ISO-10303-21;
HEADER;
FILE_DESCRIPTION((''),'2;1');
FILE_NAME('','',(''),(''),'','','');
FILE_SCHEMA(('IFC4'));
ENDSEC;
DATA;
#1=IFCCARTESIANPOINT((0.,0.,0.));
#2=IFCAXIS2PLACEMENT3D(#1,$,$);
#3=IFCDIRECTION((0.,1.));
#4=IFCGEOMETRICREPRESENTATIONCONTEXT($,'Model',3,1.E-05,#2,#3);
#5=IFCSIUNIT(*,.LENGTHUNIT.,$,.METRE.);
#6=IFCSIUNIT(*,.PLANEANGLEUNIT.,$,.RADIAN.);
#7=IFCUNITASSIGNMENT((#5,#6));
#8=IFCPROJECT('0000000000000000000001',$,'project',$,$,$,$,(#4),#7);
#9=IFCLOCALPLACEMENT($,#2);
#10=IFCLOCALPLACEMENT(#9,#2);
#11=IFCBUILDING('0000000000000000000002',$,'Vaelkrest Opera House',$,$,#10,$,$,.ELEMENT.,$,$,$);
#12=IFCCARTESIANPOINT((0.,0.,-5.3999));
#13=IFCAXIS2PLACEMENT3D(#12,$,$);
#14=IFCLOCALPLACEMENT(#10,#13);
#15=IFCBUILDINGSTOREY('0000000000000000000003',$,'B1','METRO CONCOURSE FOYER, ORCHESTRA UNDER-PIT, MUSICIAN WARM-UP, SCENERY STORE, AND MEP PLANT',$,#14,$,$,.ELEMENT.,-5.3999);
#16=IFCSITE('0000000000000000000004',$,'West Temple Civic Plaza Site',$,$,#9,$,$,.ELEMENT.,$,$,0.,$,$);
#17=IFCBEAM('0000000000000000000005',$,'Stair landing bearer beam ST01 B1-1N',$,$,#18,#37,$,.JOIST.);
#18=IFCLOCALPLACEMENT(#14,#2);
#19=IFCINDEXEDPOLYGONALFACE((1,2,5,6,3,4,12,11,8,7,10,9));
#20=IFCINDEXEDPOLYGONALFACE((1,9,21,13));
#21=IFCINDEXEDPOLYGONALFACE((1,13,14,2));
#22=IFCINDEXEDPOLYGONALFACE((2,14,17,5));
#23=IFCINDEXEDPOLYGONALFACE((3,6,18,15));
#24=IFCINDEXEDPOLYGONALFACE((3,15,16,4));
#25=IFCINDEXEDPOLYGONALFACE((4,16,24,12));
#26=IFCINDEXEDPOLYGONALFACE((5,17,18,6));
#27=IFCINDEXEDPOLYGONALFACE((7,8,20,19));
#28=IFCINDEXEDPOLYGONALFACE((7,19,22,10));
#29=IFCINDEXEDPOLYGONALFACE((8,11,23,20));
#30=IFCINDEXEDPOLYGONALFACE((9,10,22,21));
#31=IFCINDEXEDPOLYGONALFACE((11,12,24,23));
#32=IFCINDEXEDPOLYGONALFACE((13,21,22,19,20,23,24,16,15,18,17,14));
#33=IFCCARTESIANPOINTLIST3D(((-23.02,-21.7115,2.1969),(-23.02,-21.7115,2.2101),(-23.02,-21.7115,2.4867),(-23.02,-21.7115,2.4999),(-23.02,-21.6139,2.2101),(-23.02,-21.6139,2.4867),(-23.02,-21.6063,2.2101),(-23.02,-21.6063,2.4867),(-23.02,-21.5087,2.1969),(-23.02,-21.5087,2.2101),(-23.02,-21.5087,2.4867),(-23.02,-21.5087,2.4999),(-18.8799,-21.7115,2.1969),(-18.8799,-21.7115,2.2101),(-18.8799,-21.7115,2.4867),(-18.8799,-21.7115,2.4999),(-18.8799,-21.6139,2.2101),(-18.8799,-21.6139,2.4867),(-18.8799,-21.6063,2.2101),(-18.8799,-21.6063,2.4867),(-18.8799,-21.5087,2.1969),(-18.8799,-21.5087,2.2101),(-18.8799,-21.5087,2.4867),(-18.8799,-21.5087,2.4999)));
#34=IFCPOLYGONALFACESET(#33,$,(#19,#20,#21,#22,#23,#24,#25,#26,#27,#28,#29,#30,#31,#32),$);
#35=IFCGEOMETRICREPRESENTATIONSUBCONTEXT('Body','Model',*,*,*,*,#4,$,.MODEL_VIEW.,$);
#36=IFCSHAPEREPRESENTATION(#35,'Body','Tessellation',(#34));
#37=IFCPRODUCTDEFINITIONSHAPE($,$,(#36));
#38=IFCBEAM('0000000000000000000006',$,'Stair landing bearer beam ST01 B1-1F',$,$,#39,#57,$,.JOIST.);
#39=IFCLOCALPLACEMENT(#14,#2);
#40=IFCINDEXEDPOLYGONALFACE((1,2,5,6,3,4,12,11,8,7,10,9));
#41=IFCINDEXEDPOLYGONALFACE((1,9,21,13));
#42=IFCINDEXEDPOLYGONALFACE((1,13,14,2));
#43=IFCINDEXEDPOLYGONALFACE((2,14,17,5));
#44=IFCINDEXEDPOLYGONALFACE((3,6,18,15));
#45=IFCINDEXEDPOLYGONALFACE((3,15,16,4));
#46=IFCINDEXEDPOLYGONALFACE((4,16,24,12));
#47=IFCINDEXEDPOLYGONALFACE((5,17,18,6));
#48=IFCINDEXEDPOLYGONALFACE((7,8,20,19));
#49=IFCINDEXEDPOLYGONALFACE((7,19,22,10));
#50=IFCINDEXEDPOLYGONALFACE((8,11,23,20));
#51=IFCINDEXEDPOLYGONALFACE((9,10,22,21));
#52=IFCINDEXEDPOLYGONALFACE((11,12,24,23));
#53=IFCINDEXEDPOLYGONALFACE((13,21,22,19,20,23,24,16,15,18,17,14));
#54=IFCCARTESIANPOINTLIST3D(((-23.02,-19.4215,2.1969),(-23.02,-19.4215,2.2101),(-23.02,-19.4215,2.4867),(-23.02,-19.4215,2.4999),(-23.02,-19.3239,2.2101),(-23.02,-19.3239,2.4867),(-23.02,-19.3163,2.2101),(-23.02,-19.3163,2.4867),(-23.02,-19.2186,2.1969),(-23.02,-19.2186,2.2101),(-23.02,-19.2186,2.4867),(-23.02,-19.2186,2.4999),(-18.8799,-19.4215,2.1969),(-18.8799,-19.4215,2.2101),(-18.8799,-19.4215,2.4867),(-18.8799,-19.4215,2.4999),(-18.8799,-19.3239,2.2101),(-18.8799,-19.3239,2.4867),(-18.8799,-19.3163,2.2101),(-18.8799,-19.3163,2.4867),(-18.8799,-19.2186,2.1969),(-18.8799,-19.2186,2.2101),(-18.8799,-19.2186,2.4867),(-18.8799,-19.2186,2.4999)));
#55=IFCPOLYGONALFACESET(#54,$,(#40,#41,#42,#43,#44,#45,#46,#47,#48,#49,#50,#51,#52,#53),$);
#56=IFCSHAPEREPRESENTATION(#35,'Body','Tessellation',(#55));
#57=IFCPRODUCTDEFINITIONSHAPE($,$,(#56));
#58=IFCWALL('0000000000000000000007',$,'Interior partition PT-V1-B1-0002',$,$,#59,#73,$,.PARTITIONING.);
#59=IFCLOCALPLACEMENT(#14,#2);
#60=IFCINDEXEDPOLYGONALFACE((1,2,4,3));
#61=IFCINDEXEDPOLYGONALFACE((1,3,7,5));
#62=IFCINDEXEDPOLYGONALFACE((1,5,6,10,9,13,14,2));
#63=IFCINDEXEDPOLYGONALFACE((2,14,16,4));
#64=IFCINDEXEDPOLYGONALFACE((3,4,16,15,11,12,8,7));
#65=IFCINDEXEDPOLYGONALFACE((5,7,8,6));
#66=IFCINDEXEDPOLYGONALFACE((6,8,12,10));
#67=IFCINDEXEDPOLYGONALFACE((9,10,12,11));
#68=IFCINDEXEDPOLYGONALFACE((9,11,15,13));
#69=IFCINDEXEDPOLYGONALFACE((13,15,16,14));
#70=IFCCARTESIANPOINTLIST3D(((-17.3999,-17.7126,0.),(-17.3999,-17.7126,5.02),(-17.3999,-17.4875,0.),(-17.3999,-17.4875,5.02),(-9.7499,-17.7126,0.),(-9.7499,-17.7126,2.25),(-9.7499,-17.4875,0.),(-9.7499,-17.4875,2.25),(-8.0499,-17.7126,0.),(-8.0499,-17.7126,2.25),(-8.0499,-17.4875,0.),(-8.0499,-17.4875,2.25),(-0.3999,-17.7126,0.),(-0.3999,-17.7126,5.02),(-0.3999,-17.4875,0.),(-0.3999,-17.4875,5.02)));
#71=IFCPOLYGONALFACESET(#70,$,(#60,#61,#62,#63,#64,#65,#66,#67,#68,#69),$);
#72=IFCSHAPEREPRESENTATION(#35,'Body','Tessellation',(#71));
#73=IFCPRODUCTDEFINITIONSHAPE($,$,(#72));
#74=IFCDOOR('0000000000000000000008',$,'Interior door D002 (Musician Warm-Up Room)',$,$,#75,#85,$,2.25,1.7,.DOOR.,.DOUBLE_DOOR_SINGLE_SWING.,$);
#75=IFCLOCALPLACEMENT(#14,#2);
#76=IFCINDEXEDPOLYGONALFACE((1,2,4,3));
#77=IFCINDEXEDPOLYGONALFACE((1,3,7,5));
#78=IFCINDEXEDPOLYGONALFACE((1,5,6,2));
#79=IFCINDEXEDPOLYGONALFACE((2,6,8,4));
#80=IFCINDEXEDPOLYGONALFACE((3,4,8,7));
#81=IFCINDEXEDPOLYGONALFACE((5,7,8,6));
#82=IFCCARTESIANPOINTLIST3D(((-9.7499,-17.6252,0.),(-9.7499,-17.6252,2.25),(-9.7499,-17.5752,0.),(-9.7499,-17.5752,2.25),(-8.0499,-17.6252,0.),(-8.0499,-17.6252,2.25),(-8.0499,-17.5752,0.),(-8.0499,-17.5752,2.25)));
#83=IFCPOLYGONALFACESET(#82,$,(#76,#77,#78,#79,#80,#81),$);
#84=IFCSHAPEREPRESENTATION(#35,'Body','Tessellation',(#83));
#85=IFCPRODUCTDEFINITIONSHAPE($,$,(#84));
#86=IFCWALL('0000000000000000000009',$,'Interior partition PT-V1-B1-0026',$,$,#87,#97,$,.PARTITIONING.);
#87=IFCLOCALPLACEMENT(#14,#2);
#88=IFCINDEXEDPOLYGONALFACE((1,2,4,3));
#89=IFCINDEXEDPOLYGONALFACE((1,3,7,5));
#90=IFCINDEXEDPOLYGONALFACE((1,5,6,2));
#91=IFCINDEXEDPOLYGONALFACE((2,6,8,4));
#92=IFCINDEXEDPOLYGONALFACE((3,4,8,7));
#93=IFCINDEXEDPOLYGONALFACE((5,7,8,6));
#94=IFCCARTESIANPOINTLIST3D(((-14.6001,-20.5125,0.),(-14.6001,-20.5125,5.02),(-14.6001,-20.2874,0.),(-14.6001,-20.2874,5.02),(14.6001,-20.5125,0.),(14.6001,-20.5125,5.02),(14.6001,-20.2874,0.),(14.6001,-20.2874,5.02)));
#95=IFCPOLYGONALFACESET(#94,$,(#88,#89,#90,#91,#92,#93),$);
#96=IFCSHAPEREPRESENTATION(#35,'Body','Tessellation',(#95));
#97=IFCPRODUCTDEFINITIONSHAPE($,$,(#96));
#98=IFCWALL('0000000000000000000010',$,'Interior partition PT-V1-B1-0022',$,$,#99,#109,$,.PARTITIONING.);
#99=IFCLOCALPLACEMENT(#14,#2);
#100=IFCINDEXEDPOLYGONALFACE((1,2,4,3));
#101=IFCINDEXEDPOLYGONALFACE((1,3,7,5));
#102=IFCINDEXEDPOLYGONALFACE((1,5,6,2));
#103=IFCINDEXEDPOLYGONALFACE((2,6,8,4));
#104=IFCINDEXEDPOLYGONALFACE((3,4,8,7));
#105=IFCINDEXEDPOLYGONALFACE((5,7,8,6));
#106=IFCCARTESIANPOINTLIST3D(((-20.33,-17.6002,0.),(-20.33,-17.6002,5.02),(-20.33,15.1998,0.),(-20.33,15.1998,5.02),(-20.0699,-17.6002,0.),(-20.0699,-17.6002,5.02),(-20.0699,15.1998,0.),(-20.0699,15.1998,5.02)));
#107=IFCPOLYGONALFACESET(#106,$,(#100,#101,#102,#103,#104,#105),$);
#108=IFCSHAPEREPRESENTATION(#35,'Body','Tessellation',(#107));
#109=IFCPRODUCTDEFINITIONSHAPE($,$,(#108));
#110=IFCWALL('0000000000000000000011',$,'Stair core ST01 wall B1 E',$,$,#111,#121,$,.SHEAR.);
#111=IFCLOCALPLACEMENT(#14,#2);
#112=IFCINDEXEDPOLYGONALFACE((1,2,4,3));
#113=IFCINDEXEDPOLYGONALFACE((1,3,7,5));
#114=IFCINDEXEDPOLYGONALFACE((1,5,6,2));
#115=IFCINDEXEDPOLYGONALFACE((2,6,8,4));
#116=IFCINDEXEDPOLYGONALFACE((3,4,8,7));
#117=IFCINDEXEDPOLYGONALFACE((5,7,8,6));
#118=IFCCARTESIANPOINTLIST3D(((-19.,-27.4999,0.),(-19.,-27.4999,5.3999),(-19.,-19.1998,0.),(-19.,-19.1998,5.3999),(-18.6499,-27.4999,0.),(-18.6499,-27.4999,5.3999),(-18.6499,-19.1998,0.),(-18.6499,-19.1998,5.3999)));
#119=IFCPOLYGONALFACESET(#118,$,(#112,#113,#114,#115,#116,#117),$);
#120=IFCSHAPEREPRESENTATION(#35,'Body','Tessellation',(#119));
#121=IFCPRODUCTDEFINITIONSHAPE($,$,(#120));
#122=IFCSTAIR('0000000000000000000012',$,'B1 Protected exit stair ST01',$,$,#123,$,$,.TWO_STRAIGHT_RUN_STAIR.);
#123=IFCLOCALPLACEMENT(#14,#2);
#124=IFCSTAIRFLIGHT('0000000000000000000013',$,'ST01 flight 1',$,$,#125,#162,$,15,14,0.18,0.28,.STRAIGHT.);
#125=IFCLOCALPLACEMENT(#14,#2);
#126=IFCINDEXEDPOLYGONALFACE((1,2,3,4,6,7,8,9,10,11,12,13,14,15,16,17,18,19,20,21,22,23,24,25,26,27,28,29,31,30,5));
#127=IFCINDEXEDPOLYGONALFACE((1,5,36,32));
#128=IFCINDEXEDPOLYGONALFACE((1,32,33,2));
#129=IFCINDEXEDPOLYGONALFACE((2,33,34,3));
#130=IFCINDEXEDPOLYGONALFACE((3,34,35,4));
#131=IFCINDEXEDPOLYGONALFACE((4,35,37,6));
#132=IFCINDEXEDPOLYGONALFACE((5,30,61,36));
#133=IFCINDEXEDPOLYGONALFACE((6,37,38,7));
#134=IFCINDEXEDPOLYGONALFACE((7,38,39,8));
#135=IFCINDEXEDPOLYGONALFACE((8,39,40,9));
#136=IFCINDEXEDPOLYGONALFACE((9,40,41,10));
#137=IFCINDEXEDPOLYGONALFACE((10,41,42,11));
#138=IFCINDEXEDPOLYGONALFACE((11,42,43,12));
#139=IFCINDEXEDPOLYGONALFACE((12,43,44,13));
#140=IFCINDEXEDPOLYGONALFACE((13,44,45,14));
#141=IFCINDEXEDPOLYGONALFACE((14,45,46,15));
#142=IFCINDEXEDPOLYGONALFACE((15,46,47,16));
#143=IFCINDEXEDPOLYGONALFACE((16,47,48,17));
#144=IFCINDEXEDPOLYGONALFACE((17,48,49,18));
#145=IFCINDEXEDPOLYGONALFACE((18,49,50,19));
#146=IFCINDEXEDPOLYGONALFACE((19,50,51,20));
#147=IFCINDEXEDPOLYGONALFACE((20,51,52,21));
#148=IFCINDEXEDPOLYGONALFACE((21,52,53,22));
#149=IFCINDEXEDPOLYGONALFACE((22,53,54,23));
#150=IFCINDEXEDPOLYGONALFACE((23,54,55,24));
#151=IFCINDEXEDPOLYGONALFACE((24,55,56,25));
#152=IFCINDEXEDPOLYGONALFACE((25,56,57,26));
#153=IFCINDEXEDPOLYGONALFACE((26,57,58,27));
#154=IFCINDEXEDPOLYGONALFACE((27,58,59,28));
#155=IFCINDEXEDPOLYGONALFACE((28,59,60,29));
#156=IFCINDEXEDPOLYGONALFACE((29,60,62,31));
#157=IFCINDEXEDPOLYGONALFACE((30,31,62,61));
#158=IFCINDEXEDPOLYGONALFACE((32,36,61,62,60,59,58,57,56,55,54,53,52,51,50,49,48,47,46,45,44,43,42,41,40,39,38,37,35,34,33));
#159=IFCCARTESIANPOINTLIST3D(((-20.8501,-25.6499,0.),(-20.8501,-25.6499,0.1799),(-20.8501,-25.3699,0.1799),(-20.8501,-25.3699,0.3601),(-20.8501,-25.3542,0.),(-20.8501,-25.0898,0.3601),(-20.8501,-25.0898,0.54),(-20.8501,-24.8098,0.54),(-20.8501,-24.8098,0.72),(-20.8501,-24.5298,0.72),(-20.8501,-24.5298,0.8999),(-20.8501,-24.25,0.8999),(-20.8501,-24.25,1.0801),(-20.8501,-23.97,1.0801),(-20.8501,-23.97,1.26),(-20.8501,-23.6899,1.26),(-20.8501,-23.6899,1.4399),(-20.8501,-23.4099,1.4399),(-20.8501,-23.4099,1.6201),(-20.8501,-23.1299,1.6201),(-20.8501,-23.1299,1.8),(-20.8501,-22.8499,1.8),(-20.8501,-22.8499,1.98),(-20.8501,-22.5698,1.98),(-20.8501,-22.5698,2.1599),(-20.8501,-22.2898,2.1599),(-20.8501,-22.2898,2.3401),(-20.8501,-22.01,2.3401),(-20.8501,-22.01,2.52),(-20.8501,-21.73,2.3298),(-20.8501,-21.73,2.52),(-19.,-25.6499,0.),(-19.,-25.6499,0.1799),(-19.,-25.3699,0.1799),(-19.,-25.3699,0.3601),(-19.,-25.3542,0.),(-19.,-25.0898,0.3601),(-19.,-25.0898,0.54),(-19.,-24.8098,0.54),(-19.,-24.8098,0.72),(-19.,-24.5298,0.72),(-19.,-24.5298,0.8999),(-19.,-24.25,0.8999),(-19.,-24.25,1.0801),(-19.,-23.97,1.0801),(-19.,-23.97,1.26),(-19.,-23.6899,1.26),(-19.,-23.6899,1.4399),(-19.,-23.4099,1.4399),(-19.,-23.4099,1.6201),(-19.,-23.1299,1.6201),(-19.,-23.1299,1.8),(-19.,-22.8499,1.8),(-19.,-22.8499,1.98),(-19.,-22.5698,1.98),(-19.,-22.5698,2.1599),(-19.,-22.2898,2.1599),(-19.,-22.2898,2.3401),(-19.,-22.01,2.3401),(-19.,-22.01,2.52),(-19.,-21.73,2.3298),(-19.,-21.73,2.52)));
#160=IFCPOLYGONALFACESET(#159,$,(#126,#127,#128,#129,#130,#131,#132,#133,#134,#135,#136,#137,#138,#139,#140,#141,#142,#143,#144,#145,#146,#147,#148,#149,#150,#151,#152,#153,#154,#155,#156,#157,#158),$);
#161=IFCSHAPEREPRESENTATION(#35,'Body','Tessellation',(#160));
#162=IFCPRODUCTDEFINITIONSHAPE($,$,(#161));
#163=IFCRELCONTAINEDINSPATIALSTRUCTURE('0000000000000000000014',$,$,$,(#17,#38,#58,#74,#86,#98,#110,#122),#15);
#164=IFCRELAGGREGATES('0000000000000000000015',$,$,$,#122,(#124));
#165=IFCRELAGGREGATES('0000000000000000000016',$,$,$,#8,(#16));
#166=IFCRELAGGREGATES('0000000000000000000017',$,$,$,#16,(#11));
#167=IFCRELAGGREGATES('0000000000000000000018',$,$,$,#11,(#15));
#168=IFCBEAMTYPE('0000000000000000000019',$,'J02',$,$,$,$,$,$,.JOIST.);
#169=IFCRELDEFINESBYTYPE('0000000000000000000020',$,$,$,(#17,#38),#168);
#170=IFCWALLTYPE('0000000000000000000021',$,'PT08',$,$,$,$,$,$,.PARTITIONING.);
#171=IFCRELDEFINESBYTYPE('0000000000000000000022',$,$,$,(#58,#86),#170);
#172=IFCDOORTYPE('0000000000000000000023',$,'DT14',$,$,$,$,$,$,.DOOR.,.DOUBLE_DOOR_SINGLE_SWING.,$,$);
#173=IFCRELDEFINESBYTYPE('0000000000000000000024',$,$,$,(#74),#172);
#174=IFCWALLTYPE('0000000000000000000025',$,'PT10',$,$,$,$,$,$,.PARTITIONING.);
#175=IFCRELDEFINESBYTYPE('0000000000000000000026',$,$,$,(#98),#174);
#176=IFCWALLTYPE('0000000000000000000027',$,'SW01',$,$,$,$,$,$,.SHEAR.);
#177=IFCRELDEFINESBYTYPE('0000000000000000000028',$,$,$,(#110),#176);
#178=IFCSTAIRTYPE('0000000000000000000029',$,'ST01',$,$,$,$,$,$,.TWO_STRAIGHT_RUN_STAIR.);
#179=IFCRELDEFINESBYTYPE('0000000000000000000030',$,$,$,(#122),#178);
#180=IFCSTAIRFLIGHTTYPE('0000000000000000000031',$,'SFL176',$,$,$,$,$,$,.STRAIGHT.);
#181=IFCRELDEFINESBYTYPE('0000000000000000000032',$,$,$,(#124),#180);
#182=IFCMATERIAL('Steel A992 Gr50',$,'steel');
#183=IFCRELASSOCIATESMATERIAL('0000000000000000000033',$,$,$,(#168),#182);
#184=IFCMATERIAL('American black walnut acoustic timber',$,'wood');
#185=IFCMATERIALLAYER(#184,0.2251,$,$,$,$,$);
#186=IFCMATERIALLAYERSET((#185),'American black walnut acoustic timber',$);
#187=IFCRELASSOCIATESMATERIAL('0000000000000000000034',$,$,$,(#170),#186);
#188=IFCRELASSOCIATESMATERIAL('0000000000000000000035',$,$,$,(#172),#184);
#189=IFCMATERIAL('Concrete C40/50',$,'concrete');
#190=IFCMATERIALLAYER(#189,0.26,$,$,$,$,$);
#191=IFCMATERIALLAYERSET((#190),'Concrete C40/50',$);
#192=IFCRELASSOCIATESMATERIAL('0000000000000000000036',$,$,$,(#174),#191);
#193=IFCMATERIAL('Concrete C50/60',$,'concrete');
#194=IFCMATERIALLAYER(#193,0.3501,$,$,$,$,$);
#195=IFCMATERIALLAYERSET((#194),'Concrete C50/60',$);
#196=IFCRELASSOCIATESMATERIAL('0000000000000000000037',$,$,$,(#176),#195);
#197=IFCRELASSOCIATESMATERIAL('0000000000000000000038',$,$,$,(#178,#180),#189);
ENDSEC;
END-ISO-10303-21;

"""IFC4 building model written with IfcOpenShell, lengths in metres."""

from ifc_helpers import new_model, si_unit, direction, frame, frame_2d, origin, origin_2d, place, context, subcontext, project, spatial, polyline, rectangle, i_section, outline, extrude, material, layer, layer_set, material_profile, profile_set, type_object, element, fill, aggregate, save


model = new_model("IFC4")

# Units and contexts
model_context = context("Model", 3, precision=1e-05, world=origin(), true_north=direction((0.0, 1.0)))
body_context = subcontext(model_context, "Body", "Model", "MODEL_VIEW")
ifc_project = project(units=[si_unit("LENGTHUNIT", "METRE"), si_unit("PLANEANGLEUNIT", "RADIAN")], contexts=[model_context])

# Site, building, storey
site_placement = place(None, origin())
site = spatial("IfcSite", under=ifc_project, at=site_placement, Name="West Temple Civic Plaza Site", CompositionType="ELEMENT", RefElevation=0.0)
building_placement = place(site_placement, origin())
building = spatial("IfcBuilding", under=site, at=building_placement, Name="Vaelkrest Opera House", CompositionType="ELEMENT")
storey_placement = place(building_placement, frame((0.0, 0.0, -5.3999)))
storey = spatial("IfcBuildingStorey", under=building, at=storey_placement, Name="B1", Description="METRO CONCOURSE FOYER, ORCHESTRA UNDER-PIT, MUSICIAN WARM-UP, SCENERY STORE, AND MEP PLANT", CompositionType="ELEMENT", Elevation=-5.3999)

# Shared definitions
ifc_material_1 = material(Name="Concrete C40/50", Category="concrete")

# Shared definitions
ifc_material_2 = material(Name="Concrete C50/60", Category="concrete")

# Beams
ifc_material_3 = material(Name="Steel A992 Gr50", Category="steel")
ifc_material_profile_1 = material_profile(ifc_material_3, i_section(OverallWidth=0.2029, OverallDepth=0.303, WebThickness=0.0076, FlangeThickness=0.0132, at=origin_2d()), Name="W12X40")
ifc_profile_set_1 = profile_set([ifc_material_profile_1], Name="Steel A992 Gr50")
beam_type_1 = type_object("IfcBeamType", Name="J02", PredefinedType="JOIST", material=ifc_profile_set_1)
for number, where, z_axis, x_axis, name in (
    (1, (-23.02, -21.6101, 2.3484), (1.0, 0.0, 0.0), (0.0, 1.0, 0.0), "Stair landing bearer beam ST01 B1-1N"),
    (2, (-23.02, -19.3201, 2.3484), (1.0, 0.0, 0.0), (0.0, 1.0, 0.0), "Stair landing bearer beam ST01 B1-1F"),
):
    element("IfcBeam", number, at=place(storey_placement, frame(where, z_axis=z_axis, x_axis=x_axis)), inside=storey, type_object=beam_type_1, Name=name, PredefinedType="JOIST", context=body_context, shape_type="SweptSolid", body=[
        extrude(i_section(OverallWidth=0.2029, OverallDepth=0.303, WebThickness=0.0076, FlangeThickness=0.0132, at=origin_2d()), origin(), (0.0, 0.0, 1.0), 4.1401),
    ])

# Wall, opening, door
ifc_material_4 = material(Name="American black walnut acoustic timber", Category="wood")
ifc_layer_1 = layer(ifc_material_4, 0.2251)
ifc_layer_set_1 = layer_set([ifc_layer_1], Name="American black walnut acoustic timber")
wall_type_1 = type_object("IfcWallType", Name="PT08", PredefinedType="PARTITIONING", material=ifc_layer_set_1)
wall_1_placement = place(storey_placement, frame((-17.3999, -17.6001, 0.0), z_axis=(0.0, 0.0, 1.0), x_axis=(1.0, 0.0, 0.0)))
wall_1 = element("IfcWall", 3, at=wall_1_placement, inside=storey, type_object=wall_type_1, Name="Interior partition PT-V1-B1-0002", PredefinedType="PARTITIONING", context=body_context, shape_type="SweptSolid", body=[
    extrude(rectangle(XDim=17.0, YDim=0.2251, at=frame_2d((8.5, 0.0))), origin(), (0.0, 0.0, 1.0), 5.02),
])
opening_placement = place(wall_1_placement, frame((7.6499, 0.0, 0.0)))
opening = element("IfcOpeningElement", 4, at=opening_placement, cuts=wall_1, PredefinedType="OPENING", context=body_context, shape_type="SweptSolid", body=[
    extrude(rectangle(XDim=1.7, YDim=2.25, at=frame_2d((0.8501, 1.125))), frame((0.0, 0.1226, 0.0), z_axis=(0.0, -1.0, 0.0), x_axis=(1.0, 0.0, 0.0)), (0.0, 0.0, 1.0), 0.2451),
])
door_type = type_object("IfcDoorType", Name="DT14", OperationType="DOUBLE_DOOR_SINGLE_SWING", PredefinedType="DOOR", material=ifc_material_4)
door_placement = place(opening_placement, origin())
door = element("IfcDoor", 5, at=door_placement, inside=storey, type_object=door_type, Name="Interior door D002 (Musician Warm-Up Room)", OperationType="DOUBLE_DOOR_SINGLE_SWING", OverallHeight=2.25, OverallWidth=1.7, PredefinedType="DOOR", context=body_context, shape_type="SweptSolid", body=[
    extrude(rectangle(XDim=1.7, YDim=2.25, at=frame_2d((0.8501, 1.125))), frame((0.0, 0.0249, 0.0), z_axis=(0.0, -1.0, 0.0), x_axis=(1.0, 0.0, 0.0)), (0.0, 0.0, 1.0), 0.05),
])
fill(opening, door)

# Walls
wall_2_placement = place(storey_placement, frame((-14.6001, -20.3999, 0.0), z_axis=(0.0, 0.0, 1.0), x_axis=(1.0, 0.0, 0.0)))
element("IfcWall", 6, at=wall_2_placement, inside=storey, type_object=wall_type_1, Name="Interior partition PT-V1-B1-0026", PredefinedType="PARTITIONING", context=body_context, shape_type="SweptSolid", body=[
    extrude(rectangle(XDim=29.2002, YDim=0.2251, at=frame_2d((14.6001, 0.0))), origin(), (0.0, 0.0, 1.0), 5.02),
])
ifc_layer_2 = layer(ifc_material_1, 0.26)
ifc_layer_set_2 = layer_set([ifc_layer_2], Name="Concrete C40/50")
wall_type_2 = type_object("IfcWallType", Name="PT10", PredefinedType="PARTITIONING", material=ifc_layer_set_2)
wall_3_placement = place(storey_placement, frame((-20.2, -17.6001, 0.0), z_axis=(0.0, 0.0, 1.0), x_axis=(0.0, 1.0, 0.0)))
element("IfcWall", 7, at=wall_3_placement, inside=storey, type_object=wall_type_2, Name="Interior partition PT-V1-B1-0022", PredefinedType="PARTITIONING", context=body_context, shape_type="SweptSolid", body=[
    extrude(rectangle(XDim=32.8, YDim=0.26, at=frame_2d((16.3999, 0.0))), origin(), (0.0, 0.0, 1.0), 5.02),
])
ifc_layer_3 = layer(ifc_material_2, 0.3501)
ifc_layer_set_3 = layer_set([ifc_layer_3], Name="Concrete C50/60")
wall_type_3 = type_object("IfcWallType", Name="SW01", PredefinedType="SHEAR", material=ifc_layer_set_3)
wall_4_placement = place(storey_placement, frame((-18.825, -19.2, 0.0), z_axis=(0.0, 0.0, 1.0), x_axis=(0.0, -1.0, 0.0)))
element("IfcWall", 8, at=wall_4_placement, inside=storey, type_object=wall_type_3, Name="Stair core ST01 wall B1 E", PredefinedType="SHEAR", context=body_context, shape_type="SweptSolid", body=[
    extrude(rectangle(XDim=8.3, YDim=0.3501, at=frame_2d((4.1499, 0.0))), origin(), (0.0, 0.0, 1.0), 5.3999),
])

# Stair, stair flight
stair_type = type_object("IfcStairType", Name="ST01", PredefinedType="TWO_STRAIGHT_RUN_STAIR", material=ifc_material_1)
stair_placement = place(storey_placement, origin())
stair = element("IfcStair", 9, at=stair_placement, inside=storey, type_object=stair_type, Name="B1 Protected exit stair ST01", PredefinedType="TWO_STRAIGHT_RUN_STAIR")
stair_flight_type = type_object("IfcStairFlightType", Name="SFL176", PredefinedType="STRAIGHT", material=ifc_material_1)
stair_flight_1_placement = place(storey_placement, frame((-19.925, -25.6499, 0.0), z_axis=(0.0, 0.0, 1.0), x_axis=(0.0, 1.0, 0.0)))
stair_flight_1 = element("IfcStairFlight", 10, at=stair_flight_1_placement, type_object=stair_flight_type, Name="ST01 flight 1", NumberOfRisers=15, NumberOfTreads=14, PredefinedType="STRAIGHT", RiserHeight=0.18, TreadLength=0.28, context=body_context, shape_type="SweptSolid", body=[
    extrude(outline(polyline([(0.0, 0.0), (0.0, 0.1799), (0.28, 0.1799), (0.28, 0.3601), (0.5601, 0.3601), (0.5601, 0.54), (0.8401, 0.54), (0.8401, 0.72), (1.1201, 0.72), (1.1201, 0.8999), (1.3999, 0.8999), (1.3999, 1.0801), (1.6799, 1.0801), (1.6799, 1.26), (1.96, 1.26), (1.96, 1.4399), (2.24, 1.4399), (2.24, 1.6201), (2.52, 1.6201), (2.52, 1.8), (2.8, 1.8), (2.8, 1.98), (3.0801, 1.98), (3.0801, 2.1599), (3.3601, 2.1599), (3.3601, 2.3401), (3.6399, 2.3401), (3.6399, 2.52), (3.9199, 2.52), (3.9199, 2.7), (3.9199, 2.3298), (0.2957, 0.0), (0.0, 0.0)])), frame((0.0, 0.925, 0.0), z_axis=(0.0, -1.0, 0.0), x_axis=(1.0, 0.0, 0.0)), (0.0, 0.0, 1.0), 1.8501),
])
aggregate(stair, [stair_flight_1])

save(model, "model.ifc")
